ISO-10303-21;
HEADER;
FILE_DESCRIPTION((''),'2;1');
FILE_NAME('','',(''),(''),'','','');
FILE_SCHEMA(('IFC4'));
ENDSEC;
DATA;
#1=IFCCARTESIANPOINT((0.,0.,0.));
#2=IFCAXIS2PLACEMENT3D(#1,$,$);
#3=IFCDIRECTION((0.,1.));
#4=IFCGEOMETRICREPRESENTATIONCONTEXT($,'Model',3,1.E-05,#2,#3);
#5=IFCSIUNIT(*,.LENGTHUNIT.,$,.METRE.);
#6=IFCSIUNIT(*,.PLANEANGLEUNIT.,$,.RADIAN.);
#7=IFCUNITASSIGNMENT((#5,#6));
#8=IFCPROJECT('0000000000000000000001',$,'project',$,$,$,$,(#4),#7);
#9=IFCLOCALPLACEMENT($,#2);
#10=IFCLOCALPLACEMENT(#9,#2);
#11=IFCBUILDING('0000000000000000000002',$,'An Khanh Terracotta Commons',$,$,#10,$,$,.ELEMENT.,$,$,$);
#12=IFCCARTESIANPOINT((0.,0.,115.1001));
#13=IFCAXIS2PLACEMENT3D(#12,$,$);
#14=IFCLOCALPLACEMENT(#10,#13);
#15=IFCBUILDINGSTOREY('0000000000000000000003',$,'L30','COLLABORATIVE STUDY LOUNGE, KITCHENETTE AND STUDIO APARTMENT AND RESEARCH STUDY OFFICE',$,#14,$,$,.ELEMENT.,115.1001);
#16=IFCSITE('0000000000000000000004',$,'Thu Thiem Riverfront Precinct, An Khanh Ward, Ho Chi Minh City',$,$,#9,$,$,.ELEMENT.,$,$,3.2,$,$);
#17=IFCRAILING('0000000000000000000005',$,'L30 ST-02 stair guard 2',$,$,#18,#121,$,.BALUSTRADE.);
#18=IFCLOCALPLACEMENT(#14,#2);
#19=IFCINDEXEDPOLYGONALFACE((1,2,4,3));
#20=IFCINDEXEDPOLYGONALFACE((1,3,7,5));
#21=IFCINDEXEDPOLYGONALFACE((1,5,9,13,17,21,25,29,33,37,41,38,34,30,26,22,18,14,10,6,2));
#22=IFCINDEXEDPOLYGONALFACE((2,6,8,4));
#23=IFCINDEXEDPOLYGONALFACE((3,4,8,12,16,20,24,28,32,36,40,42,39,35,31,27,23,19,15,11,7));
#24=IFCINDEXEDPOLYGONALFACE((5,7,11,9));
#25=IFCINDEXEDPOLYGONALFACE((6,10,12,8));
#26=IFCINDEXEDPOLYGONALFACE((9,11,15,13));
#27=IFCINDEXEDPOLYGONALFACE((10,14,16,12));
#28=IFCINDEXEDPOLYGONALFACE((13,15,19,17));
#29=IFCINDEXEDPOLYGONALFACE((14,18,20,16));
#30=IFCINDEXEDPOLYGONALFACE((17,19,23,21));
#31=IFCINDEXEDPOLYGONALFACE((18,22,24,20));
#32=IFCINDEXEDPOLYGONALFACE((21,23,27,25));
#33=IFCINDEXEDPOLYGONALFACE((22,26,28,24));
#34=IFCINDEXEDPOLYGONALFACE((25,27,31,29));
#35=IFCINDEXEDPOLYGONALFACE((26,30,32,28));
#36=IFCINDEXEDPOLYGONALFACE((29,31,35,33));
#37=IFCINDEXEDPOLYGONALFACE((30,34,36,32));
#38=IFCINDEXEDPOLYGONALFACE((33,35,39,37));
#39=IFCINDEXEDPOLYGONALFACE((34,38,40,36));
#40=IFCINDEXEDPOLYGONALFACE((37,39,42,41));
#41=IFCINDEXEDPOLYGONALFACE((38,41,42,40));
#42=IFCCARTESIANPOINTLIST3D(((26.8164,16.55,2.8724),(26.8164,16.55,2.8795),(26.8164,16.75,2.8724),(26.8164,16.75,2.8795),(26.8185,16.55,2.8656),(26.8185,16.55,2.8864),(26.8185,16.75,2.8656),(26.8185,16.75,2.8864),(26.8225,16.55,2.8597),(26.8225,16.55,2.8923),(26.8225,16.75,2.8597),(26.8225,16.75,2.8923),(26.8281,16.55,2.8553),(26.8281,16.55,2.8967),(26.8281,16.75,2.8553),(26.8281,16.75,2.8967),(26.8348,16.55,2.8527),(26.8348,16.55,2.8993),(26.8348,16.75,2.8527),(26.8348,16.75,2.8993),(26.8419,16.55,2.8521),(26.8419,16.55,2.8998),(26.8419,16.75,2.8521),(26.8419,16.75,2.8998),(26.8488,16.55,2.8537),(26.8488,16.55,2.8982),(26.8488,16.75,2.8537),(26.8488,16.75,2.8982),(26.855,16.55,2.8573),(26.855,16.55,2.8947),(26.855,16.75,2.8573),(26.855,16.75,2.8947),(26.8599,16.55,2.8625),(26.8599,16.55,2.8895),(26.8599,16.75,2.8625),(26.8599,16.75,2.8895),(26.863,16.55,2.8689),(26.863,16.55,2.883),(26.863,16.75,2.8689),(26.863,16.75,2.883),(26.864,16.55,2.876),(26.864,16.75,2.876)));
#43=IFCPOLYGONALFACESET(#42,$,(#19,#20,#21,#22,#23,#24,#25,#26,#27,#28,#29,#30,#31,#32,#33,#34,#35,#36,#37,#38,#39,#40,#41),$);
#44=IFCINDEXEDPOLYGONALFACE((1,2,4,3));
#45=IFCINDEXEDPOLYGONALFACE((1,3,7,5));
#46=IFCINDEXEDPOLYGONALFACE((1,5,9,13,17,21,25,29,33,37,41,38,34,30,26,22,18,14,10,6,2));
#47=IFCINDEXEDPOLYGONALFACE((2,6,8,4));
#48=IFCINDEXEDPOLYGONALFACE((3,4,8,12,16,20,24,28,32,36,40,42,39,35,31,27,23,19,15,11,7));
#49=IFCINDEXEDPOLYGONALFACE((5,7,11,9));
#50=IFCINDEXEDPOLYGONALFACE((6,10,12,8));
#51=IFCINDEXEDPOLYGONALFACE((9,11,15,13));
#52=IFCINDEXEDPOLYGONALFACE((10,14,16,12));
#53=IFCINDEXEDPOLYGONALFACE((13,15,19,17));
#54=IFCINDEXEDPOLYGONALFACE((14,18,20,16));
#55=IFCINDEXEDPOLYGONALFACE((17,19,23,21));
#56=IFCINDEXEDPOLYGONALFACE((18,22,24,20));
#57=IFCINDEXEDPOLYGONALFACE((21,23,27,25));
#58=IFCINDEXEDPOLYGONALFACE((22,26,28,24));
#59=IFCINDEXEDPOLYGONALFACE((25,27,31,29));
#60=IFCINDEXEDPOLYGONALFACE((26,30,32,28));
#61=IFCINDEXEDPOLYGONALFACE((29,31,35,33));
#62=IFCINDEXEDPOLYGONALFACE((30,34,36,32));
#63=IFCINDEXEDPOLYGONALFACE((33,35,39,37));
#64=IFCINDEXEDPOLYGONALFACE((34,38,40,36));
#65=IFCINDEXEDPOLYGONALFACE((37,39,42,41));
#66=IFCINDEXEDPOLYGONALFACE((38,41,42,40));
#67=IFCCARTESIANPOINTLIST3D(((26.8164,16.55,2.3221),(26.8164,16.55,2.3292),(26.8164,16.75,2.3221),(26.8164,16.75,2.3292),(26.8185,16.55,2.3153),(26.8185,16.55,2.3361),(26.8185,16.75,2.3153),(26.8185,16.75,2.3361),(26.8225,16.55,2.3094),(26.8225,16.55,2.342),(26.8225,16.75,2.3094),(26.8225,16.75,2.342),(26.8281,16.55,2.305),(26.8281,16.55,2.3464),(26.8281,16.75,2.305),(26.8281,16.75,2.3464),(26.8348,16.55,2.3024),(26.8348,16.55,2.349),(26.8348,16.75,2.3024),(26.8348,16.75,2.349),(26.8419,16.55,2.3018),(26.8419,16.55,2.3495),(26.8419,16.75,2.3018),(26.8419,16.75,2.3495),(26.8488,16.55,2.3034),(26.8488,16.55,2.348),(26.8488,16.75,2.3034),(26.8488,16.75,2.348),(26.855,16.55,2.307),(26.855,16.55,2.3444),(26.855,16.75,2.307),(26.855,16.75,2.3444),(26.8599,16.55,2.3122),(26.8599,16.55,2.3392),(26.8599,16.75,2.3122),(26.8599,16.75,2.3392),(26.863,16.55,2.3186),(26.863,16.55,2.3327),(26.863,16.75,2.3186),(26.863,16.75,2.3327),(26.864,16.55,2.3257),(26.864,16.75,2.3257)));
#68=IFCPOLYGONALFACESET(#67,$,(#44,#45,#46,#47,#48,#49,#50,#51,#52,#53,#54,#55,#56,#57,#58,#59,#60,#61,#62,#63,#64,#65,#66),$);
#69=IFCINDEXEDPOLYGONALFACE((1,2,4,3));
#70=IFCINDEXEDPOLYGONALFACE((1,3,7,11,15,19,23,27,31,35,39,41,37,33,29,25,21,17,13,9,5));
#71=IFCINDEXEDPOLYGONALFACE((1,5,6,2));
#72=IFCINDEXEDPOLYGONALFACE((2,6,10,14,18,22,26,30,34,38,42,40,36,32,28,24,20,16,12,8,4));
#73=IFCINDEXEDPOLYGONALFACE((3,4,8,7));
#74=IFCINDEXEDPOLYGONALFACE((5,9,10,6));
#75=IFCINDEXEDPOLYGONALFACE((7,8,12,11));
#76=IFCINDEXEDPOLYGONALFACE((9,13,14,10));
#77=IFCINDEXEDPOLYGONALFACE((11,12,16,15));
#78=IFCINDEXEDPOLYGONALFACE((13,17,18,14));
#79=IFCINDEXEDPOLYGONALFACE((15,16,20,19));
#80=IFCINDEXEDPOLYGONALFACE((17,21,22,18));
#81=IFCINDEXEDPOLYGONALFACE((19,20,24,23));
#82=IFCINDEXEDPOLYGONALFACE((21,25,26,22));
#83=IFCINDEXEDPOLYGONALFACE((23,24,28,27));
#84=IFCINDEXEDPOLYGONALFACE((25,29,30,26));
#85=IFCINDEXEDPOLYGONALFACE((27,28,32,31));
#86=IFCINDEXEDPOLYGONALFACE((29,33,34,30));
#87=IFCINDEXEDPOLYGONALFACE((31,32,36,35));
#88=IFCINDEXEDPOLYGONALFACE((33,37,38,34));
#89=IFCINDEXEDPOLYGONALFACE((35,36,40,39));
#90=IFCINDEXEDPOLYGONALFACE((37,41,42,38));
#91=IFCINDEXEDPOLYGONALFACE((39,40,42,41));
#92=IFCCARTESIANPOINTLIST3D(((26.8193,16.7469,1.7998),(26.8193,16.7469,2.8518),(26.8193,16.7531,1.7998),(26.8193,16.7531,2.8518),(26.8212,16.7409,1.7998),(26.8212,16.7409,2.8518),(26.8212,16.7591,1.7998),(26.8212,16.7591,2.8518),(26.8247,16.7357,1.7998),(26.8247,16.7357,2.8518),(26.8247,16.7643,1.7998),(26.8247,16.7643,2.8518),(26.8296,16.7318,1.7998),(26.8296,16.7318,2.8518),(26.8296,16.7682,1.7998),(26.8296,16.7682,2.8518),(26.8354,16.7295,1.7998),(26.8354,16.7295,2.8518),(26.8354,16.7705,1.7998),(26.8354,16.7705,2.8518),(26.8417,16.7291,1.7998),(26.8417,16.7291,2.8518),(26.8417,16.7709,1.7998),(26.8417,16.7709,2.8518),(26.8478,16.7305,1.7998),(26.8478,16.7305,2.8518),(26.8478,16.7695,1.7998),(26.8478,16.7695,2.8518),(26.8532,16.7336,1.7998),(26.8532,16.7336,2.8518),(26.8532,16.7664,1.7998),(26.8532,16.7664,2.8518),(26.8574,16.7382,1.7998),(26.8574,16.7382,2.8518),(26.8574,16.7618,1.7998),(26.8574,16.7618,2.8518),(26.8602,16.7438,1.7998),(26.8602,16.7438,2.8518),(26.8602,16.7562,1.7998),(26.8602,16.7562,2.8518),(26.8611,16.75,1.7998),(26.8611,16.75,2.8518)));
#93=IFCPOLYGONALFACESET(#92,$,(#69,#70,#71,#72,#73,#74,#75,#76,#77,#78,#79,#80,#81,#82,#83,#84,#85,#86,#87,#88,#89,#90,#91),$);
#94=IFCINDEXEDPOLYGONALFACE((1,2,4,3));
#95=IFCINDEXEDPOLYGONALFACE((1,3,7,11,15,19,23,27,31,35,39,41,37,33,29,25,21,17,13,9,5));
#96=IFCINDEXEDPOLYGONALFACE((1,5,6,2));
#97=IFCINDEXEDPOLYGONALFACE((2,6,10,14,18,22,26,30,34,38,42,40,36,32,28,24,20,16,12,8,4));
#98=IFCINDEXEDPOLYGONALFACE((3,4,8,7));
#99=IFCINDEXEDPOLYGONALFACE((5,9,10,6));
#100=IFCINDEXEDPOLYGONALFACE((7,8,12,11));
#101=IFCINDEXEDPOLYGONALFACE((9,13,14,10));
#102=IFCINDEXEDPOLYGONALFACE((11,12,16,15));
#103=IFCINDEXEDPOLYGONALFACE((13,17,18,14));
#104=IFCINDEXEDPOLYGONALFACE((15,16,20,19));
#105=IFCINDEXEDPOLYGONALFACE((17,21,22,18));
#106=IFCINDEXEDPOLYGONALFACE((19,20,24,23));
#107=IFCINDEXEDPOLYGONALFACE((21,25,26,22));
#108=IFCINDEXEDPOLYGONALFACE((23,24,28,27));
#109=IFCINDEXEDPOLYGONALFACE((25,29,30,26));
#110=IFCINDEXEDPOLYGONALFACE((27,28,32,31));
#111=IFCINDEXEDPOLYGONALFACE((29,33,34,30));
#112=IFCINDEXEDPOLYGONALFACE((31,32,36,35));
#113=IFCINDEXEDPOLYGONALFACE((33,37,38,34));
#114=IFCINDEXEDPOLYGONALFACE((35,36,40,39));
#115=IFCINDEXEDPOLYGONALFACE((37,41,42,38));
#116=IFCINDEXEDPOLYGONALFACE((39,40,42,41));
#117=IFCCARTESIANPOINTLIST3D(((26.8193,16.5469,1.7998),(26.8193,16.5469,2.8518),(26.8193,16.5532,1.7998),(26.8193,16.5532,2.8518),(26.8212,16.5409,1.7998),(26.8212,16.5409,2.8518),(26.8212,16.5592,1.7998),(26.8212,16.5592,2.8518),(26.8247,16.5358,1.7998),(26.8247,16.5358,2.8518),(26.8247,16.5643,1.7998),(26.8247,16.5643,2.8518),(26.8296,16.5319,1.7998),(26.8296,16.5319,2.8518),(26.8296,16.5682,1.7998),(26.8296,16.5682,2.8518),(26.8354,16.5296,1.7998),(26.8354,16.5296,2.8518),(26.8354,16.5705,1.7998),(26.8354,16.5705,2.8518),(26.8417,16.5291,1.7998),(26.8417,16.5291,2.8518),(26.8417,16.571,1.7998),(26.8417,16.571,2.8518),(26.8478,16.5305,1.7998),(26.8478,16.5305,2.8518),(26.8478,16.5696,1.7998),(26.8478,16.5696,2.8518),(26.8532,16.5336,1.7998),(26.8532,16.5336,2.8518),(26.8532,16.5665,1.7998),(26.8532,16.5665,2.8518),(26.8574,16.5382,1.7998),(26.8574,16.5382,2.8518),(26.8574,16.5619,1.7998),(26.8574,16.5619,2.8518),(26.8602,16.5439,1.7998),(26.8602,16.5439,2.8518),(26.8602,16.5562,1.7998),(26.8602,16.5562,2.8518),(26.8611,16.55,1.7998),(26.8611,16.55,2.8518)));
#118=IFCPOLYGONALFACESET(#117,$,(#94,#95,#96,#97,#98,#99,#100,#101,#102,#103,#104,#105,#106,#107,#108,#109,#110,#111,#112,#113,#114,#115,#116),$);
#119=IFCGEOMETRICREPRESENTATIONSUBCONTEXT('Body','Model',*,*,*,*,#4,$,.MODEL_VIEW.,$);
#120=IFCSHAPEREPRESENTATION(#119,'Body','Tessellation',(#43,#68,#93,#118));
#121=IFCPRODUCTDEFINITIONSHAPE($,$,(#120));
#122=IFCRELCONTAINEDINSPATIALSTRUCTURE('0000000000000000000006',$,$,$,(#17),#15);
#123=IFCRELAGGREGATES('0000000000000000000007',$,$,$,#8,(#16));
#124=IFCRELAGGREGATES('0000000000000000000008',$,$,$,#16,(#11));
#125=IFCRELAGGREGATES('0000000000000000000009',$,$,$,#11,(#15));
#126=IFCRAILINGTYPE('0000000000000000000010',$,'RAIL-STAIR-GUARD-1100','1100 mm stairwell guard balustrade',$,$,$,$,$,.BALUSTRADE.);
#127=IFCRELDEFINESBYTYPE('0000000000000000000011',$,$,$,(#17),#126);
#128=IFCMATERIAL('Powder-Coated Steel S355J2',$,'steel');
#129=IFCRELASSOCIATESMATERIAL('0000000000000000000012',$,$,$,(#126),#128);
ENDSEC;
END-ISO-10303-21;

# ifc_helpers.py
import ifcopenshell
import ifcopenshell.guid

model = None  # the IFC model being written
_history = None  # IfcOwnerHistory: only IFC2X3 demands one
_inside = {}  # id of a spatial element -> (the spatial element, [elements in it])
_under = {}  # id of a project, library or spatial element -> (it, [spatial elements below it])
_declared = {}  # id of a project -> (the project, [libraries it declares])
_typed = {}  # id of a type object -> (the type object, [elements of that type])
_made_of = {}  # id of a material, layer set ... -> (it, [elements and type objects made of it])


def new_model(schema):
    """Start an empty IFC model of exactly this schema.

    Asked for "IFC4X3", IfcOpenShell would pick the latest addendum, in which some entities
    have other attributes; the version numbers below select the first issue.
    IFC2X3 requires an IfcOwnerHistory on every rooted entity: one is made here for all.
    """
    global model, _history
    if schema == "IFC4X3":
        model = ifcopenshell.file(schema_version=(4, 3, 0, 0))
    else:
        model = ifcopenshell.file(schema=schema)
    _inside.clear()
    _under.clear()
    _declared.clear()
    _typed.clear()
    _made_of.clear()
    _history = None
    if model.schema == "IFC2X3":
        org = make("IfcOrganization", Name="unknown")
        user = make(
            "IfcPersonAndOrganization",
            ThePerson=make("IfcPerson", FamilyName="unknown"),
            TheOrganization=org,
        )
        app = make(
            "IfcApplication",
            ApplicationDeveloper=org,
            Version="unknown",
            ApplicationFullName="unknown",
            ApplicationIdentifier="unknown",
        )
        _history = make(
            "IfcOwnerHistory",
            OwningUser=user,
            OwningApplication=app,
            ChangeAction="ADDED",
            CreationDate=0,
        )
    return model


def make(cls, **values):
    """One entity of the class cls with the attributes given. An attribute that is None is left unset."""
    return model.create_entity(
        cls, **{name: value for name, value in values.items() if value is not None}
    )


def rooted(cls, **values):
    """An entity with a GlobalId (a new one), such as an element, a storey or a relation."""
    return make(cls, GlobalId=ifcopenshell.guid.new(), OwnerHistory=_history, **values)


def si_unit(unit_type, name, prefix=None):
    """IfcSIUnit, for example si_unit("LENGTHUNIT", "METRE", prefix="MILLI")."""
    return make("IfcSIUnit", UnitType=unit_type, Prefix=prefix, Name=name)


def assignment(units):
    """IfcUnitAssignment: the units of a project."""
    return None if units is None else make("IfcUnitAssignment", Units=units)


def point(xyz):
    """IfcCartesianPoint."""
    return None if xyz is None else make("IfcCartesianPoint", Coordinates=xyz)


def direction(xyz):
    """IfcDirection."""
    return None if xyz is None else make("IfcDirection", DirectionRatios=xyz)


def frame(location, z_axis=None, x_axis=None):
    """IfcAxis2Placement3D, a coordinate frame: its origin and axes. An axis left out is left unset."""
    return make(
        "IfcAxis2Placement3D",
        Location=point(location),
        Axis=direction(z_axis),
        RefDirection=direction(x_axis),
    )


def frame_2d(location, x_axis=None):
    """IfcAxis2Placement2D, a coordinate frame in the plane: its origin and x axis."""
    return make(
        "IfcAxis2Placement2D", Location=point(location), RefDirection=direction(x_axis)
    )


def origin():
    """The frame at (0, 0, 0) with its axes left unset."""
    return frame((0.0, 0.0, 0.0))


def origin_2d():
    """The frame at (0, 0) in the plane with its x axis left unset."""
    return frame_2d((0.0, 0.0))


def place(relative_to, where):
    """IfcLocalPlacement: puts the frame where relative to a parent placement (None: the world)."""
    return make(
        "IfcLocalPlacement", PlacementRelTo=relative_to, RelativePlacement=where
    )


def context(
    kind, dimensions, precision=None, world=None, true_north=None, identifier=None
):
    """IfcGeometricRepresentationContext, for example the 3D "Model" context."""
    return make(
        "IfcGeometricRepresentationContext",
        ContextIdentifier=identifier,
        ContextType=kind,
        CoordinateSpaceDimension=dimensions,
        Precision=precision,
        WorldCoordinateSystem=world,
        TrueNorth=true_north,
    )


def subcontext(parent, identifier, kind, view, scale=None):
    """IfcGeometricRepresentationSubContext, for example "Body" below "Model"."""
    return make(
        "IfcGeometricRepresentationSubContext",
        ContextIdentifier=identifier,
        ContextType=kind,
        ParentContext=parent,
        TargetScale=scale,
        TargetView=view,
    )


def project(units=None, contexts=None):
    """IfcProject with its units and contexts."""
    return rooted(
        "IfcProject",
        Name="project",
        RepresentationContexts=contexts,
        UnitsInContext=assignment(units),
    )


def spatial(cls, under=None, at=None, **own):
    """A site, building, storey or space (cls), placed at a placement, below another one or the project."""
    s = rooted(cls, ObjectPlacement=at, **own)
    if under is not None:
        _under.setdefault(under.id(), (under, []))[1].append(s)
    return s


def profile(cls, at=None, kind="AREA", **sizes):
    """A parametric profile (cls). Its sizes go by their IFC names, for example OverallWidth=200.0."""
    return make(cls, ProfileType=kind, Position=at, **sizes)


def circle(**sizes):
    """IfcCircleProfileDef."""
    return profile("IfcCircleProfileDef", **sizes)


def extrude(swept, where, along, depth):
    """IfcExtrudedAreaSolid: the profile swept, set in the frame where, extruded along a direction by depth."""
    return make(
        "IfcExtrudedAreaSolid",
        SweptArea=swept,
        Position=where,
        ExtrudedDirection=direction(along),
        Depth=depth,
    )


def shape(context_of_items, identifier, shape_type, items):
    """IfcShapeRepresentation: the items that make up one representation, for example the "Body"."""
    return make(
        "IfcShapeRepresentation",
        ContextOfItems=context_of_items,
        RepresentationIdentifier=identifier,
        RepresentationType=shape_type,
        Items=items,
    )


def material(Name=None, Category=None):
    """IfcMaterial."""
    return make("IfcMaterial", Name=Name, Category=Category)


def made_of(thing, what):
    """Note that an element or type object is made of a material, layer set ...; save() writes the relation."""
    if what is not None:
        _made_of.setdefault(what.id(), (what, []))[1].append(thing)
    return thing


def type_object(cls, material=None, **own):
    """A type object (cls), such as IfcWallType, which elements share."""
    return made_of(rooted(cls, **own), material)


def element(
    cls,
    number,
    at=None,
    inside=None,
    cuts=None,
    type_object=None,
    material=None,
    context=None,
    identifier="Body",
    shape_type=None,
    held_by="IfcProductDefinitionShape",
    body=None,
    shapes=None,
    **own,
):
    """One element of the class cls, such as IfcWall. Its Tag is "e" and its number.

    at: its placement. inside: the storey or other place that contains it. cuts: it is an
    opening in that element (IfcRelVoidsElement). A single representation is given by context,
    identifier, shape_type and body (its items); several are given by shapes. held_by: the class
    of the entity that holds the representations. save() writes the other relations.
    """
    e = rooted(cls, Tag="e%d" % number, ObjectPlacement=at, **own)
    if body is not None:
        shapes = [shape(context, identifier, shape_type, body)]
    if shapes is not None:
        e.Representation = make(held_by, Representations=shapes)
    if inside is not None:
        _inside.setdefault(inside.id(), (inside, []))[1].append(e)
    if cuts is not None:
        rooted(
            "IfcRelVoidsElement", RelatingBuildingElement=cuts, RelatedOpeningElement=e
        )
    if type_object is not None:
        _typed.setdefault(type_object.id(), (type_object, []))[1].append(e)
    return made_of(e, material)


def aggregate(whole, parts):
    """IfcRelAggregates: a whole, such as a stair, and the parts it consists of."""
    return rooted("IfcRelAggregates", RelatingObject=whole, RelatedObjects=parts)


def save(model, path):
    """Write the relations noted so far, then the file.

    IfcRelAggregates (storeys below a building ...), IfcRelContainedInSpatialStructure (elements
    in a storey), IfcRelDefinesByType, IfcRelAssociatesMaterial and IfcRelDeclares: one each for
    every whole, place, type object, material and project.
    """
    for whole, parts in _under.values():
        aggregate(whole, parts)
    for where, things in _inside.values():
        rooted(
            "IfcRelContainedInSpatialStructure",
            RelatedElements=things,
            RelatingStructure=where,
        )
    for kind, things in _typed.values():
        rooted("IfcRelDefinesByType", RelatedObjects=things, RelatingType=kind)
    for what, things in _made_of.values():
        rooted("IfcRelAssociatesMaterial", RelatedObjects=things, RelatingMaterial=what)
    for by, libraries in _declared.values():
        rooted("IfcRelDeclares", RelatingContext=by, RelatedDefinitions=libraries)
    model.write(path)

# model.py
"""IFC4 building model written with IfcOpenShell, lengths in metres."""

from ifc_helpers import new_model, si_unit, direction, frame, origin, origin_2d, place, context, subcontext, project, spatial, circle, extrude, material, type_object, element, save


model = new_model("IFC4")

# Units and contexts
model_context = context("Model", 3, precision=1e-05, world=origin(), true_north=direction((0.0, 1.0)))
body_context = subcontext(model_context, "Body", "Model", "MODEL_VIEW")
ifc_project = project(units=[si_unit("LENGTHUNIT", "METRE"), si_unit("PLANEANGLEUNIT", "RADIAN")], contexts=[model_context])

# Site, building, storey
site_placement = place(None, origin())
site = spatial("IfcSite", under=ifc_project, at=site_placement, Name="Thu Thiem Riverfront Precinct, An Khanh Ward, Ho Chi Minh City", CompositionType="ELEMENT", RefElevation=3.2)
building_placement = place(site_placement, origin())
building = spatial("IfcBuilding", under=site, at=building_placement, Name="An Khanh Terracotta Commons", CompositionType="ELEMENT")
storey_placement = place(building_placement, frame((0.0, 0.0, 115.1001)))
storey = spatial("IfcBuildingStorey", under=building, at=storey_placement, Name="L30", Description="COLLABORATIVE STUDY LOUNGE, KITCHENETTE AND STUDIO APARTMENT AND RESEARCH STUDY OFFICE", CompositionType="ELEMENT", Elevation=115.1001)

# Railing
ifc_material_1 = material(Name="Powder-Coated Steel S355J2", Category="steel")
railing_type_1 = type_object("IfcRailingType", Name="RAIL-STAIR-GUARD-1100", Description="1100 mm stairwell guard balustrade", PredefinedType="BALUSTRADE", material=ifc_material_1)
railing_1_placement = place(storey_placement, frame((26.8401, 16.75, 1.7998)))
element("IfcRailing", 1, at=railing_1_placement, inside=storey, type_object=railing_type_1, Name="L30 ST-02 stair guard 2", PredefinedType="BALUSTRADE", context=body_context, shape_type="SweptSolid", body=[
    extrude(circle(Radius=0.0239, at=origin_2d()), frame((0.0, 0.0, 1.0762), z_axis=(0.0, -1.0, 0.0), x_axis=(1.0, 0.0, 0.0)), (0.0, 0.0, 1.0), 0.2),
    extrude(circle(Radius=0.0239, at=origin_2d()), frame((0.0, 0.0, 0.5259), z_axis=(0.0, -1.0, 0.0), x_axis=(1.0, 0.0, 0.0)), (0.0, 0.0, 1.0), 0.2),
    extrude(circle(Radius=0.021, at=origin_2d()), origin(), (0.0, 0.0, 1.0), 1.052),
    extrude(circle(Radius=0.021, at=origin_2d()), frame((0.0, -0.2, 0.0)), (0.0, 0.0, 1.0), 1.052),
])

save(model, "model.ifc")
